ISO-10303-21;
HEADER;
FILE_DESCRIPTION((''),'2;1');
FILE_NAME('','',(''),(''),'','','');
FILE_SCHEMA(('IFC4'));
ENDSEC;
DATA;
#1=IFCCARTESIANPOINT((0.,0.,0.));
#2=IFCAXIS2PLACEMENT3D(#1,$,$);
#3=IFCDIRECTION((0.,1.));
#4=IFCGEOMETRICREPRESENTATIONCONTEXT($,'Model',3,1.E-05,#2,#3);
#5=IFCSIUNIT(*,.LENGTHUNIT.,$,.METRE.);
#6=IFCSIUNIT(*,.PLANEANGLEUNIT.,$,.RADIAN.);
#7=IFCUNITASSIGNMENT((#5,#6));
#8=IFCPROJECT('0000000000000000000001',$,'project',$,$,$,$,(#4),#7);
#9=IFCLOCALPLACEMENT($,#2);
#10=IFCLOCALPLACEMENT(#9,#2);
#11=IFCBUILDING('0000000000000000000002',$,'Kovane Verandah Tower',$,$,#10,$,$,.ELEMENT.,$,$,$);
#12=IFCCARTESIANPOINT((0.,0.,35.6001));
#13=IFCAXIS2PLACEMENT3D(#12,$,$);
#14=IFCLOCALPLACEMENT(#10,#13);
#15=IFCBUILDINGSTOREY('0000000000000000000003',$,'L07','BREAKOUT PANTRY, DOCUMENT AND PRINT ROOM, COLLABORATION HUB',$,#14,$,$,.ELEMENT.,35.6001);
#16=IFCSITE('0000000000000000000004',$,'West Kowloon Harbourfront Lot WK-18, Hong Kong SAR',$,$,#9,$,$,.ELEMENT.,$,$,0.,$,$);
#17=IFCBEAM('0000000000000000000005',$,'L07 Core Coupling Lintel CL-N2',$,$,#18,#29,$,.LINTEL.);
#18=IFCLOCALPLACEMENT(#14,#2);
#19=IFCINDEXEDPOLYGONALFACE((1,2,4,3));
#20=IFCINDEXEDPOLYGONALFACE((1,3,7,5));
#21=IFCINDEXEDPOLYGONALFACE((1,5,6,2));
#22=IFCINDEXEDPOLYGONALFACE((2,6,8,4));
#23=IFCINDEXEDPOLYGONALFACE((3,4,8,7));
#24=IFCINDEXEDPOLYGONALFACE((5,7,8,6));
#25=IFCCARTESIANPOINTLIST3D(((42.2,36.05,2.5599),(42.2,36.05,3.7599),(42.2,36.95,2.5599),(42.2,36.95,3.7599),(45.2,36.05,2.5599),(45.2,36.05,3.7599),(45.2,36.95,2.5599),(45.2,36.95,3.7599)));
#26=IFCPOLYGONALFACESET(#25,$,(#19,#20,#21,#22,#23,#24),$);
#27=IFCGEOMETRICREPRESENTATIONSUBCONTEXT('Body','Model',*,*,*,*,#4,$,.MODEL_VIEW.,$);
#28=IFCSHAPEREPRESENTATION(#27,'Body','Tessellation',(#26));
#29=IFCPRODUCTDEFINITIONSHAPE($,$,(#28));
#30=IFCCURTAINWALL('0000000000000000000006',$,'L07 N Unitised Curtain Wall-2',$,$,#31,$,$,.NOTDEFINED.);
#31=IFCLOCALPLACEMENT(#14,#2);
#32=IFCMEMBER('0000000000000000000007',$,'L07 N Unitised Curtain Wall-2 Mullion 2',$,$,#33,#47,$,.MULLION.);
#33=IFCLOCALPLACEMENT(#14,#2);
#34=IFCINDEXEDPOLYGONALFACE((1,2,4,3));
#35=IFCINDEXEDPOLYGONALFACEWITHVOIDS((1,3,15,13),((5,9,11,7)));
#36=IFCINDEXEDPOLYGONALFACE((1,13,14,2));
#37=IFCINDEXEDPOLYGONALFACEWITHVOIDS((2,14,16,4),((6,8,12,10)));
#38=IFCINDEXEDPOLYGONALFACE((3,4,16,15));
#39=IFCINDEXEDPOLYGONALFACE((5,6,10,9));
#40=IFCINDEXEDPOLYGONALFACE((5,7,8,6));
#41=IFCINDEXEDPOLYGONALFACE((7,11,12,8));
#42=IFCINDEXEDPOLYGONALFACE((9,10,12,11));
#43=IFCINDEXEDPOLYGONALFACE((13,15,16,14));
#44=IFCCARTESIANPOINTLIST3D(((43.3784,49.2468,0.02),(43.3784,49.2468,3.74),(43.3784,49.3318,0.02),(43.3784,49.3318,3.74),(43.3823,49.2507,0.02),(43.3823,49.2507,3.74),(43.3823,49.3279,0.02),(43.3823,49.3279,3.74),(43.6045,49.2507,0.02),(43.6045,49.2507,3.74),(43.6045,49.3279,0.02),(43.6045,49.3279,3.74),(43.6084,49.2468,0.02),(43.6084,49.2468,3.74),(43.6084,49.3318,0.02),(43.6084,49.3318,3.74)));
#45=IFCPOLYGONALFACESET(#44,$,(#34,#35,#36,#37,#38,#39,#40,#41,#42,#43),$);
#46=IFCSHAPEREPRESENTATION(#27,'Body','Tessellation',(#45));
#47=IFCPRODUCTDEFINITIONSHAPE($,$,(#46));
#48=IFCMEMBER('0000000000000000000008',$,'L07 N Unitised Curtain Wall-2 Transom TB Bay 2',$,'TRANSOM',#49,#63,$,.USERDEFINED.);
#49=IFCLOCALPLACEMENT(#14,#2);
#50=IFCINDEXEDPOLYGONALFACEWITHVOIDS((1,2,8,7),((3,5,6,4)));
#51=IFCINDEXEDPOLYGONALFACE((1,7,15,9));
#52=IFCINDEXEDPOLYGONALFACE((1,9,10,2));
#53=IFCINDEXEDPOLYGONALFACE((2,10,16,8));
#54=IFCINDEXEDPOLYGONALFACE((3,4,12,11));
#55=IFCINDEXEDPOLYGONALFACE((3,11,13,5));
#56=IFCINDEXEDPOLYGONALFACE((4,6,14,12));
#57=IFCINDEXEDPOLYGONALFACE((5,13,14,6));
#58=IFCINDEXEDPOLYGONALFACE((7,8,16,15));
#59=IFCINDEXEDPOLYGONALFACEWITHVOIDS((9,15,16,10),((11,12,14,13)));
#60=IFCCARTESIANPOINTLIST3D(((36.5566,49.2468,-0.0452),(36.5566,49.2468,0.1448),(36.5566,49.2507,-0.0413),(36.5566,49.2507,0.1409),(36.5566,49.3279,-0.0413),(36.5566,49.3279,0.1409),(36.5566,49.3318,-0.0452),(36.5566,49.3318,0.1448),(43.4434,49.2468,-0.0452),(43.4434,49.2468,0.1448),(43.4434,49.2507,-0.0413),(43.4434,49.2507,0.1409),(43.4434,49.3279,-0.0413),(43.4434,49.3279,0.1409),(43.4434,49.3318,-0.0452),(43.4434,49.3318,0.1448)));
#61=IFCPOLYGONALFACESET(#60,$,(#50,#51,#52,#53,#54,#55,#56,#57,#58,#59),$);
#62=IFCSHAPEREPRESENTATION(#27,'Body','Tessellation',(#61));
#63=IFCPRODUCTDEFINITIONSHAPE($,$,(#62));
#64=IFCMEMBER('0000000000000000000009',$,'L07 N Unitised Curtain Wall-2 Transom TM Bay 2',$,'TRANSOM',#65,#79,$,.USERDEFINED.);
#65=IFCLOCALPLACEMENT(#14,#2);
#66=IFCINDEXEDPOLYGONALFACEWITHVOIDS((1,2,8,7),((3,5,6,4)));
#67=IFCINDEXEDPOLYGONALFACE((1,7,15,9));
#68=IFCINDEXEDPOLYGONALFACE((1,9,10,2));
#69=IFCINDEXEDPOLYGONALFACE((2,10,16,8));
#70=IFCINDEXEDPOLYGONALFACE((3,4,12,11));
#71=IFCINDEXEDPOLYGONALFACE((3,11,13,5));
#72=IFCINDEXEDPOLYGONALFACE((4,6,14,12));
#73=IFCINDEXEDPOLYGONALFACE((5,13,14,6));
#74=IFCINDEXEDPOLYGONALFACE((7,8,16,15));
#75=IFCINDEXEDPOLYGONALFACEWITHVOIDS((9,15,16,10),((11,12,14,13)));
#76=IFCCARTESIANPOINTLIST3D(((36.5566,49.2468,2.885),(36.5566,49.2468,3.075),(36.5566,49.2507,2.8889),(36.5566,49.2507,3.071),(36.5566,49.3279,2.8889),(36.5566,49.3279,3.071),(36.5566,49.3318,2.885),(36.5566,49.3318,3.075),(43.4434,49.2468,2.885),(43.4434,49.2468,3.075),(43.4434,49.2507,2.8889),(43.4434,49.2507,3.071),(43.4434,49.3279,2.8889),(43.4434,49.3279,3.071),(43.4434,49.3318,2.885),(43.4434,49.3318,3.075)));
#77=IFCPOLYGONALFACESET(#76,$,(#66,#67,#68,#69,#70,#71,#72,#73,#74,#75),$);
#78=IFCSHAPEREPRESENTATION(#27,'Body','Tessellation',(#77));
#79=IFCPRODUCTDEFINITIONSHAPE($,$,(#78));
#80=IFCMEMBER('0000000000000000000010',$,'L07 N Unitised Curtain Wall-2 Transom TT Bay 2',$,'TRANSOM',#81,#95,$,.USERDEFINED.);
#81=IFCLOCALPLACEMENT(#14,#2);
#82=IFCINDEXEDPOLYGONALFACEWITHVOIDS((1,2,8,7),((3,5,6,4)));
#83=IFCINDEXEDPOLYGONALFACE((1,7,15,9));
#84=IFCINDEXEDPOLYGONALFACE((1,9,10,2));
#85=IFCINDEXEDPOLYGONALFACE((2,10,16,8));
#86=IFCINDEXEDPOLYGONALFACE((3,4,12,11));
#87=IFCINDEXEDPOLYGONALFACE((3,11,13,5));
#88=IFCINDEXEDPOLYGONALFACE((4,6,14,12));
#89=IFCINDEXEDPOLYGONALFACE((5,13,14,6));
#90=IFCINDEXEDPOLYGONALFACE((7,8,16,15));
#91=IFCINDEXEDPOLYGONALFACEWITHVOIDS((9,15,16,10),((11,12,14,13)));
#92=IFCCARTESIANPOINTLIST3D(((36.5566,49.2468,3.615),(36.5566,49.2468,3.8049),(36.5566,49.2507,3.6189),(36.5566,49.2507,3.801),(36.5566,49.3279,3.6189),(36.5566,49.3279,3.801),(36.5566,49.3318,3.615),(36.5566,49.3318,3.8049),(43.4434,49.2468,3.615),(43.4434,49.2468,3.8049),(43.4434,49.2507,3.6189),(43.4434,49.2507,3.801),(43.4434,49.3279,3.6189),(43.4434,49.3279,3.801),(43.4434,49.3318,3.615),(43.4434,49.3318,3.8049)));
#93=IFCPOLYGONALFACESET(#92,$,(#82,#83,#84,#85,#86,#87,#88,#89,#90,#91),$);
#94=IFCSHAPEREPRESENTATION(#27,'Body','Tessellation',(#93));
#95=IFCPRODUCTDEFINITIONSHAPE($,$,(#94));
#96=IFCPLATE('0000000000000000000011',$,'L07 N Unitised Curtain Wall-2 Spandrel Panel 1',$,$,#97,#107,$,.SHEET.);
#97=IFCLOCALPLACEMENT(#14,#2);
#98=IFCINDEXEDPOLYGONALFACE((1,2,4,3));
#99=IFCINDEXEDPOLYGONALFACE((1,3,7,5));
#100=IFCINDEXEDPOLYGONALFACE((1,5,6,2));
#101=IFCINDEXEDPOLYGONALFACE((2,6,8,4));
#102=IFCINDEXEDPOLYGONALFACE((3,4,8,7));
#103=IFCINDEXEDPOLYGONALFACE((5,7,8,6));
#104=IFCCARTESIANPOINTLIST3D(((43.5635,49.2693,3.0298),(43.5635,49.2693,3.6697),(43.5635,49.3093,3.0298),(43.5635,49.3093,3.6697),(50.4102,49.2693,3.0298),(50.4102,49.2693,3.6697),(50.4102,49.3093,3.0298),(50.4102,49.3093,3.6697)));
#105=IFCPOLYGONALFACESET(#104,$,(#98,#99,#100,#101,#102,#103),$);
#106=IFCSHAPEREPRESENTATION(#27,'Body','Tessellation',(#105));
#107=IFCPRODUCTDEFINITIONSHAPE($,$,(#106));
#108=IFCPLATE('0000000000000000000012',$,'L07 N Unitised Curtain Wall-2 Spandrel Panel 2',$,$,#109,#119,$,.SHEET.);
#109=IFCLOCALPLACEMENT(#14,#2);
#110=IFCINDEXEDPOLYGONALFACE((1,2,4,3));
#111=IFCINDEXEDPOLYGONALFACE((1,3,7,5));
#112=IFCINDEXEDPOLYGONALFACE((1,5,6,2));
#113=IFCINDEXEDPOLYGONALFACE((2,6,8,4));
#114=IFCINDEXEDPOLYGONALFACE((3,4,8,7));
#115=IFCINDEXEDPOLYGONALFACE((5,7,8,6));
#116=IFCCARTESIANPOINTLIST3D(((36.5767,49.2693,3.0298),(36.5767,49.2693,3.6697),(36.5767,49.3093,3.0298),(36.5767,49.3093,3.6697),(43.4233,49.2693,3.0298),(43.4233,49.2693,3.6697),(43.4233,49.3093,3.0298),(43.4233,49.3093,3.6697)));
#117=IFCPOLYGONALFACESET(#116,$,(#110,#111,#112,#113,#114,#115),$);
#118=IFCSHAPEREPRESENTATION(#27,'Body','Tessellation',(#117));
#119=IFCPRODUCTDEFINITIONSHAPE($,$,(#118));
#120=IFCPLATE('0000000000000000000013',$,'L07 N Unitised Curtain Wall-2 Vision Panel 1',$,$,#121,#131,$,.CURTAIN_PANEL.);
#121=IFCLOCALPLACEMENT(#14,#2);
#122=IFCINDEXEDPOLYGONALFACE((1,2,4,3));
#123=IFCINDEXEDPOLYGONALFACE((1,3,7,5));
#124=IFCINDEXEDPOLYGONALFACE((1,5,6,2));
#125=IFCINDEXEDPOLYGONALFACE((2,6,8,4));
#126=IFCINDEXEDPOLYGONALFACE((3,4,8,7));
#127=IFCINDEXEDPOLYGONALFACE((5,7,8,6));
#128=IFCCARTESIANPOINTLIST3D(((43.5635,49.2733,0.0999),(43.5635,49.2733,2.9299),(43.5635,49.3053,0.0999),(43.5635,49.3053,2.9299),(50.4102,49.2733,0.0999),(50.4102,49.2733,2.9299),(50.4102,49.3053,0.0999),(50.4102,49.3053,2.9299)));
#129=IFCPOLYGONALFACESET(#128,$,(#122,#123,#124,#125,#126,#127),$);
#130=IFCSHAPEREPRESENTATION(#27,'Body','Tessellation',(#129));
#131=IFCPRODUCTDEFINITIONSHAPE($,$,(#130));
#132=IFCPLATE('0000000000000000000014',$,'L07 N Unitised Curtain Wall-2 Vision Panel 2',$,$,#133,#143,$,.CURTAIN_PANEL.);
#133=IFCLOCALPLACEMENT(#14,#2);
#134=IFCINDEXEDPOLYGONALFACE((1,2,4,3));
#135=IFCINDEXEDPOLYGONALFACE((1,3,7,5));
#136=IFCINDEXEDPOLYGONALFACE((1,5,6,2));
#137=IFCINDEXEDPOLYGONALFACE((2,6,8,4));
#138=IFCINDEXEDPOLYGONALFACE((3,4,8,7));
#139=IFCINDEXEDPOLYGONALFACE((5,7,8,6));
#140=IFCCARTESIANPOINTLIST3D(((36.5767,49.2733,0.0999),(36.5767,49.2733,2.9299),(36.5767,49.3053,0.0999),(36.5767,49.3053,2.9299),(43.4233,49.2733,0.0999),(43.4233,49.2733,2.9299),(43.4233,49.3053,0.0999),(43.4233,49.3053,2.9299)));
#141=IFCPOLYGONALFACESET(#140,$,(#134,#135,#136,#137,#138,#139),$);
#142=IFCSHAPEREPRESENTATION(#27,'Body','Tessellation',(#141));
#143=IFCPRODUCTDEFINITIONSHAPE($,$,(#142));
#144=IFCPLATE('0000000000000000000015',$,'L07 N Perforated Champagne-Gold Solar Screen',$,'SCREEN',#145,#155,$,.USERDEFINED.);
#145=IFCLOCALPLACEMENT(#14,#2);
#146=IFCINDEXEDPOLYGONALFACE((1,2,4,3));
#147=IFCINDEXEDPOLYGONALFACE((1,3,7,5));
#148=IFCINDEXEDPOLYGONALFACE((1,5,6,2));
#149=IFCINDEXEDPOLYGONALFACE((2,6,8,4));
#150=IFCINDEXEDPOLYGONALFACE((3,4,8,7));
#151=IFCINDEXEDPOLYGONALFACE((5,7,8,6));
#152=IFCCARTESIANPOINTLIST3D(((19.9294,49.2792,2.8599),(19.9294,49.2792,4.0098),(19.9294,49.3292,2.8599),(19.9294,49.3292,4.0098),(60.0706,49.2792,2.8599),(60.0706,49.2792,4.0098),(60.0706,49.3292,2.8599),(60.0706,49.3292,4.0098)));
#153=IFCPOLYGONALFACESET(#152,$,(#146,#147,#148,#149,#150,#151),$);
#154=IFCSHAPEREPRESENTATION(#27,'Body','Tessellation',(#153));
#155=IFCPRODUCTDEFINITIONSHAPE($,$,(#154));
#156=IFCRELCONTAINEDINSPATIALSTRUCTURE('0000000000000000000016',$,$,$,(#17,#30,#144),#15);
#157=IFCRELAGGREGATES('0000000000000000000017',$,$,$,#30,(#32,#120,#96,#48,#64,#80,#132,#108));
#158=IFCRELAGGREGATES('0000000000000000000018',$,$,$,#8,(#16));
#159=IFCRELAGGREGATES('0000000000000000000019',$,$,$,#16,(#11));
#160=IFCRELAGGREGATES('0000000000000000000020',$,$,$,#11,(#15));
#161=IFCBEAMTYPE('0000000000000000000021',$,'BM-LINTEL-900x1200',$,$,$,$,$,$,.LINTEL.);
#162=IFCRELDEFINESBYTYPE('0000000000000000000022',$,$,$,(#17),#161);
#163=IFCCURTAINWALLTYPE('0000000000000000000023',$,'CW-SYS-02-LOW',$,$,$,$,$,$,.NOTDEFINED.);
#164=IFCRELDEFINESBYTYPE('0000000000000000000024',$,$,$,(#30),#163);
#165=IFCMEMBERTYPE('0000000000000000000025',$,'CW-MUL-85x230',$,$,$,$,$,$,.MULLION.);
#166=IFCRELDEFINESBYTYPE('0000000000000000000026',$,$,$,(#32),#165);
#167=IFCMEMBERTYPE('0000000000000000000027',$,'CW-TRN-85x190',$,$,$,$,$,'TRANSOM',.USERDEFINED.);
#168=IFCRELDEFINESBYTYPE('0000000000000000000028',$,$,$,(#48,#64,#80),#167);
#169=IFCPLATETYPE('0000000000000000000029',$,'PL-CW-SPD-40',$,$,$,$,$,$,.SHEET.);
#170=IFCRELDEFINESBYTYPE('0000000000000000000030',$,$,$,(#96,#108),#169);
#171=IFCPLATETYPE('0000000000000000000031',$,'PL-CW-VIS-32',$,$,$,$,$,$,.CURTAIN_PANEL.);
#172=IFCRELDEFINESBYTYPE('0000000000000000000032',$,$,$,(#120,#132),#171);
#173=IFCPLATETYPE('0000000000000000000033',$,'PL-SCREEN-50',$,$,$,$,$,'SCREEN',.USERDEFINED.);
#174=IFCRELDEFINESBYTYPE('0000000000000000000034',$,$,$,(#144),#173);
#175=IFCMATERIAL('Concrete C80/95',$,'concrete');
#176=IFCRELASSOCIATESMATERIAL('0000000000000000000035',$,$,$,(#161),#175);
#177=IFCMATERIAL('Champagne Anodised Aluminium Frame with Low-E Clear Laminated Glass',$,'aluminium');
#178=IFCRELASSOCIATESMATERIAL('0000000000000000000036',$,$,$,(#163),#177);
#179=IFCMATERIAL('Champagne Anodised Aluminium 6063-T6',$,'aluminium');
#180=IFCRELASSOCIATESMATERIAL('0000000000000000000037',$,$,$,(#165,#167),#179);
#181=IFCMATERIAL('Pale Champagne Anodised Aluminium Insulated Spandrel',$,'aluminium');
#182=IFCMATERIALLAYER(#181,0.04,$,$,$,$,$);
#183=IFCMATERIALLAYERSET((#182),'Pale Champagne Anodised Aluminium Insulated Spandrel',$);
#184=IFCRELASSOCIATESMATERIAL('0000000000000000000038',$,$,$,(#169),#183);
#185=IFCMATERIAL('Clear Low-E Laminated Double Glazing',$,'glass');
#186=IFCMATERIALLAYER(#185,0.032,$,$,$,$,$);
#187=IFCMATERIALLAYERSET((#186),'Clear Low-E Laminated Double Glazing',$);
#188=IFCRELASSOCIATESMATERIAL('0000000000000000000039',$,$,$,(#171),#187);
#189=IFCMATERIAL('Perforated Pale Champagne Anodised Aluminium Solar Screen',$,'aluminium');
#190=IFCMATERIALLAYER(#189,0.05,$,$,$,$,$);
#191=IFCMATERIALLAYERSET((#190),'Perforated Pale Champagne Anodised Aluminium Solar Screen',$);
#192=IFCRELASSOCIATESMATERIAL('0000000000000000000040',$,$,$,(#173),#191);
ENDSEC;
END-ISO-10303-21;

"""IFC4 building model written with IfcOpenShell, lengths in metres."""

from ifc_helpers import new_model, si_unit, direction, frame, origin, origin_2d, place, context, subcontext, project, spatial, rectangle, hollow_rectangle, extrude, material, layer, layer_set, material_profile, profile_set, type_object, element, aggregate, save


model = new_model("IFC4")

# Units and contexts
model_context = context("Model", 3, precision=1e-05, world=origin(), true_north=direction((0.0, 1.0)))
body_context = subcontext(model_context, "Body", "Model", "MODEL_VIEW")
ifc_project = project(units=[si_unit("LENGTHUNIT", "METRE"), si_unit("PLANEANGLEUNIT", "RADIAN")], contexts=[model_context])

# Site, building, storey
site_placement = place(None, origin())
site = spatial("IfcSite", under=ifc_project, at=site_placement, Name="West Kowloon Harbourfront Lot WK-18, Hong Kong SAR", CompositionType="ELEMENT", RefElevation=0.0)
building_placement = place(site_placement, origin())
building = spatial("IfcBuilding", under=site, at=building_placement, Name="Kovane Verandah Tower", CompositionType="ELEMENT")
storey_placement = place(building_placement, frame((0.0, 0.0, 35.6001)))
storey = spatial("IfcBuildingStorey", under=building, at=storey_placement, Name="L07", Description="BREAKOUT PANTRY, DOCUMENT AND PRINT ROOM, COLLABORATION HUB", CompositionType="ELEMENT", Elevation=35.6001)

# Beam
ifc_material_1 = material(Name="Concrete C80/95", Category="concrete")
ifc_material_profile_1 = material_profile(ifc_material_1, rectangle(XDim=0.8999, YDim=1.2, at=origin_2d()), Name="RCB900x1200")
ifc_profile_set_1 = profile_set([ifc_material_profile_1], Name="Concrete C80/95")
beam_type = type_object("IfcBeamType", Name="BM-LINTEL-900x1200", PredefinedType="LINTEL", material=ifc_profile_set_1)
beam_placement = place(storey_placement, frame((42.2, 36.5, 3.1599), z_axis=(1.0, 0.0, 0.0), x_axis=(0.0, 1.0, 0.0)))
element("IfcBeam", 1, at=beam_placement, inside=storey, type_object=beam_type, Name="L07 Core Coupling Lintel CL-N2", PredefinedType="LINTEL", context=body_context, shape_type="SweptSolid", body=[
    extrude(rectangle(XDim=0.8999, YDim=1.2, at=origin_2d()), origin(), (0.0, 0.0, 1.0), 3.0),
])

# Curtain wall, members, plates
ifc_material_2 = material(Name="Champagne Anodised Aluminium Frame with Low-E Clear Laminated Glass", Category="aluminium")
curtain_wall_type = type_object("IfcCurtainWallType", Name="CW-SYS-02-LOW", PredefinedType="NOTDEFINED", material=ifc_material_2)
curtain_wall_placement = place(storey_placement, origin())
curtain_wall = element("IfcCurtainWall", 2, at=curtain_wall_placement, inside=storey, type_object=curtain_wall_type, Name="L07 N Unitised Curtain Wall-2", PredefinedType="NOTDEFINED")
ifc_material_3 = material(Name="Champagne Anodised Aluminium 6063-T6", Category="aluminium")
ifc_material_profile_2 = material_profile(ifc_material_3, hollow_rectangle(XDim=0.085, YDim=0.23, WallThickness=0.0039, at=origin_2d()), Name="AL85x230x4")
ifc_profile_set_2 = profile_set([ifc_material_profile_2], Name="Champagne Anodised Aluminium 6063-T6")
member_type_1 = type_object("IfcMemberType", Name="CW-MUL-85x230", PredefinedType="MULLION", material=ifc_profile_set_2)
member_1_placement = place(storey_placement, frame((43.4934, 49.2893, 0.02), z_axis=(0.0, 0.0, 1.0), x_axis=(0.0, 1.0, 0.0)))
member_1 = element("IfcMember", 3, at=member_1_placement, type_object=member_type_1, Name="L07 N Unitised Curtain Wall-2 Mullion 2", PredefinedType="MULLION", context=body_context, shape_type="SweptSolid", body=[
    extrude(hollow_rectangle(XDim=0.085, YDim=0.23, WallThickness=0.0039, at=origin_2d()), origin(), (0.0, 0.0, 1.0), 3.72),
])
ifc_material_profile_3 = material_profile(ifc_material_3, hollow_rectangle(XDim=0.085, YDim=0.1899, WallThickness=0.0039, at=origin_2d()), Name="AL85x190x4")
ifc_profile_set_3 = profile_set([ifc_material_profile_3], Name="Champagne Anodised Aluminium 6063-T6")
member_type_2 = type_object("IfcMemberType", Name="CW-TRN-85x190", ElementType="TRANSOM", PredefinedType="USERDEFINED", material=ifc_profile_set_3)
member_2_placement = place(storey_placement, frame((43.4434, 49.2893, 0.0498), z_axis=(-1.0, 0.0, 0.0), x_axis=(0.0, -1.0, 0.0)))
member_2 = element("IfcMember", 4, at=member_2_placement, type_object=member_type_2, Name="L07 N Unitised Curtain Wall-2 Transom TB Bay 2", ObjectType="TRANSOM", PredefinedType="USERDEFINED", context=body_context, shape_type="SweptSolid", body=[
    extrude(hollow_rectangle(XDim=0.085, YDim=0.1899, WallThickness=0.0039, at=origin_2d()), origin(), (0.0, 0.0, 1.0), 6.8867),
])
member_3_placement = place(storey_placement, frame((43.4434, 49.2893, 2.98), z_axis=(-1.0, 0.0, 0.0), x_axis=(0.0, -1.0, 0.0)))
member_3 = element("IfcMember", 5, at=member_3_placement, type_object=member_type_2, Name="L07 N Unitised Curtain Wall-2 Transom TM Bay 2", ObjectType="TRANSOM", PredefinedType="USERDEFINED", context=body_context, shape_type="SweptSolid", body=[
    extrude(hollow_rectangle(XDim=0.085, YDim=0.1899, WallThickness=0.0039, at=origin_2d()), origin(), (0.0, 0.0, 1.0), 6.8867),
])
member_4_placement = place(storey_placement, frame((43.4434, 49.2893, 3.71), z_axis=(-1.0, 0.0, 0.0), x_axis=(0.0, -1.0, 0.0)))
member_4 = element("IfcMember", 6, at=member_4_placement, type_object=member_type_2, Name="L07 N Unitised Curtain Wall-2 Transom TT Bay 2", ObjectType="TRANSOM", PredefinedType="USERDEFINED", context=body_context, shape_type="SweptSolid", body=[
    extrude(hollow_rectangle(XDim=0.085, YDim=0.1899, WallThickness=0.0039, at=origin_2d()), origin(), (0.0, 0.0, 1.0), 6.8867),
])
ifc_material_4 = material(Name="Pale Champagne Anodised Aluminium Insulated Spandrel", Category="aluminium")
ifc_layer_1 = layer(ifc_material_4, 0.04)
ifc_layer_set_1 = layer_set([ifc_layer_1], Name="Pale Champagne Anodised Aluminium Insulated Spandrel")
plate_type_1 = type_object("IfcPlateType", Name="PL-CW-SPD-40", PredefinedType="SHEET", material=ifc_layer_set_1)
plate_1_placement = place(storey_placement, frame((46.9868, 49.2893, 3.0298), z_axis=(0.0, 0.0, 1.0), x_axis=(-1.0, 0.0, 0.0)))
plate_1 = element("IfcPlate", 7, at=plate_1_placement, type_object=plate_type_1, Name="L07 N Unitised Curtain Wall-2 Spandrel Panel 1", PredefinedType="SHEET", context=body_context, shape_type="SweptSolid", body=[
    extrude(rectangle(XDim=6.8467, YDim=0.04, at=origin_2d()), origin(), (0.0, 0.0, 1.0), 0.6399),
])
plate_2_placement = place(storey_placement, frame((40.0, 49.2893, 3.0298), z_axis=(0.0, 0.0, 1.0), x_axis=(-1.0, 0.0, 0.0)))
plate_2 = element("IfcPlate", 8, at=plate_2_placement, type_object=plate_type_1, Name="L07 N Unitised Curtain Wall-2 Spandrel Panel 2", PredefinedType="SHEET", context=body_context, shape_type="SweptSolid", body=[
    extrude(rectangle(XDim=6.8467, YDim=0.04, at=origin_2d()), origin(), (0.0, 0.0, 1.0), 0.6399),
])
ifc_material_5 = material(Name="Clear Low-E Laminated Double Glazing", Category="glass")
ifc_layer_2 = layer(ifc_material_5, 0.032)
ifc_layer_set_2 = layer_set([ifc_layer_2], Name="Clear Low-E Laminated Double Glazing")
plate_type_2 = type_object("IfcPlateType", Name="PL-CW-VIS-32", PredefinedType="CURTAIN_PANEL", material=ifc_layer_set_2)
plate_3_placement = place(storey_placement, frame((46.9868, 49.2893, 0.0999), z_axis=(0.0, 0.0, 1.0), x_axis=(-1.0, 0.0, 0.0)))
plate_3 = element("IfcPlate", 9, at=plate_3_placement, type_object=plate_type_2, Name="L07 N Unitised Curtain Wall-2 Vision Panel 1", PredefinedType="CURTAIN_PANEL", context=body_context, shape_type="SweptSolid", body=[
    extrude(rectangle(XDim=6.8467, YDim=0.032, at=origin_2d()), origin(), (0.0, 0.0, 1.0), 2.8301),
])
plate_4_placement = place(storey_placement, frame((40.0, 49.2893, 0.0999), z_axis=(0.0, 0.0, 1.0), x_axis=(-1.0, 0.0, 0.0)))
plate_4 = element("IfcPlate", 10, at=plate_4_placement, type_object=plate_type_2, Name="L07 N Unitised Curtain Wall-2 Vision Panel 2", PredefinedType="CURTAIN_PANEL", context=body_context, shape_type="SweptSolid", body=[
    extrude(rectangle(XDim=6.8467, YDim=0.032, at=origin_2d()), origin(), (0.0, 0.0, 1.0), 2.8301),
])
aggregate(curtain_wall, [member_1, plate_3, plate_1, member_2, member_3, member_4, plate_4, plate_2])

# Plate
ifc_material_6 = material(Name="Perforated Pale Champagne Anodised Aluminium Solar Screen", Category="aluminium")
ifc_layer_3 = layer(ifc_material_6, 0.05)
ifc_layer_set_3 = layer_set([ifc_layer_3], Name="Perforated Pale Champagne Anodised Aluminium Solar Screen")
plate_type_3 = type_object("IfcPlateType", Name="PL-SCREEN-50", ElementType="SCREEN", PredefinedType="USERDEFINED", material=ifc_layer_set_3)
plate_5_placement = place(storey_placement, frame((40.0, 49.3042, 2.8599), z_axis=(0.0, 0.0, 1.0), x_axis=(-1.0, 0.0, 0.0)))
element("IfcPlate", 11, at=plate_5_placement, inside=storey, type_object=plate_type_3, Name="L07 N Perforated Champagne-Gold Solar Screen", ObjectType="SCREEN", PredefinedType="USERDEFINED", context=body_context, shape_type="SweptSolid", body=[
    extrude(rectangle(XDim=40.1411, YDim=0.05, at=origin_2d()), origin(), (0.0, 0.0, 1.0), 1.1499),
])

save(model, "model.ifc")
